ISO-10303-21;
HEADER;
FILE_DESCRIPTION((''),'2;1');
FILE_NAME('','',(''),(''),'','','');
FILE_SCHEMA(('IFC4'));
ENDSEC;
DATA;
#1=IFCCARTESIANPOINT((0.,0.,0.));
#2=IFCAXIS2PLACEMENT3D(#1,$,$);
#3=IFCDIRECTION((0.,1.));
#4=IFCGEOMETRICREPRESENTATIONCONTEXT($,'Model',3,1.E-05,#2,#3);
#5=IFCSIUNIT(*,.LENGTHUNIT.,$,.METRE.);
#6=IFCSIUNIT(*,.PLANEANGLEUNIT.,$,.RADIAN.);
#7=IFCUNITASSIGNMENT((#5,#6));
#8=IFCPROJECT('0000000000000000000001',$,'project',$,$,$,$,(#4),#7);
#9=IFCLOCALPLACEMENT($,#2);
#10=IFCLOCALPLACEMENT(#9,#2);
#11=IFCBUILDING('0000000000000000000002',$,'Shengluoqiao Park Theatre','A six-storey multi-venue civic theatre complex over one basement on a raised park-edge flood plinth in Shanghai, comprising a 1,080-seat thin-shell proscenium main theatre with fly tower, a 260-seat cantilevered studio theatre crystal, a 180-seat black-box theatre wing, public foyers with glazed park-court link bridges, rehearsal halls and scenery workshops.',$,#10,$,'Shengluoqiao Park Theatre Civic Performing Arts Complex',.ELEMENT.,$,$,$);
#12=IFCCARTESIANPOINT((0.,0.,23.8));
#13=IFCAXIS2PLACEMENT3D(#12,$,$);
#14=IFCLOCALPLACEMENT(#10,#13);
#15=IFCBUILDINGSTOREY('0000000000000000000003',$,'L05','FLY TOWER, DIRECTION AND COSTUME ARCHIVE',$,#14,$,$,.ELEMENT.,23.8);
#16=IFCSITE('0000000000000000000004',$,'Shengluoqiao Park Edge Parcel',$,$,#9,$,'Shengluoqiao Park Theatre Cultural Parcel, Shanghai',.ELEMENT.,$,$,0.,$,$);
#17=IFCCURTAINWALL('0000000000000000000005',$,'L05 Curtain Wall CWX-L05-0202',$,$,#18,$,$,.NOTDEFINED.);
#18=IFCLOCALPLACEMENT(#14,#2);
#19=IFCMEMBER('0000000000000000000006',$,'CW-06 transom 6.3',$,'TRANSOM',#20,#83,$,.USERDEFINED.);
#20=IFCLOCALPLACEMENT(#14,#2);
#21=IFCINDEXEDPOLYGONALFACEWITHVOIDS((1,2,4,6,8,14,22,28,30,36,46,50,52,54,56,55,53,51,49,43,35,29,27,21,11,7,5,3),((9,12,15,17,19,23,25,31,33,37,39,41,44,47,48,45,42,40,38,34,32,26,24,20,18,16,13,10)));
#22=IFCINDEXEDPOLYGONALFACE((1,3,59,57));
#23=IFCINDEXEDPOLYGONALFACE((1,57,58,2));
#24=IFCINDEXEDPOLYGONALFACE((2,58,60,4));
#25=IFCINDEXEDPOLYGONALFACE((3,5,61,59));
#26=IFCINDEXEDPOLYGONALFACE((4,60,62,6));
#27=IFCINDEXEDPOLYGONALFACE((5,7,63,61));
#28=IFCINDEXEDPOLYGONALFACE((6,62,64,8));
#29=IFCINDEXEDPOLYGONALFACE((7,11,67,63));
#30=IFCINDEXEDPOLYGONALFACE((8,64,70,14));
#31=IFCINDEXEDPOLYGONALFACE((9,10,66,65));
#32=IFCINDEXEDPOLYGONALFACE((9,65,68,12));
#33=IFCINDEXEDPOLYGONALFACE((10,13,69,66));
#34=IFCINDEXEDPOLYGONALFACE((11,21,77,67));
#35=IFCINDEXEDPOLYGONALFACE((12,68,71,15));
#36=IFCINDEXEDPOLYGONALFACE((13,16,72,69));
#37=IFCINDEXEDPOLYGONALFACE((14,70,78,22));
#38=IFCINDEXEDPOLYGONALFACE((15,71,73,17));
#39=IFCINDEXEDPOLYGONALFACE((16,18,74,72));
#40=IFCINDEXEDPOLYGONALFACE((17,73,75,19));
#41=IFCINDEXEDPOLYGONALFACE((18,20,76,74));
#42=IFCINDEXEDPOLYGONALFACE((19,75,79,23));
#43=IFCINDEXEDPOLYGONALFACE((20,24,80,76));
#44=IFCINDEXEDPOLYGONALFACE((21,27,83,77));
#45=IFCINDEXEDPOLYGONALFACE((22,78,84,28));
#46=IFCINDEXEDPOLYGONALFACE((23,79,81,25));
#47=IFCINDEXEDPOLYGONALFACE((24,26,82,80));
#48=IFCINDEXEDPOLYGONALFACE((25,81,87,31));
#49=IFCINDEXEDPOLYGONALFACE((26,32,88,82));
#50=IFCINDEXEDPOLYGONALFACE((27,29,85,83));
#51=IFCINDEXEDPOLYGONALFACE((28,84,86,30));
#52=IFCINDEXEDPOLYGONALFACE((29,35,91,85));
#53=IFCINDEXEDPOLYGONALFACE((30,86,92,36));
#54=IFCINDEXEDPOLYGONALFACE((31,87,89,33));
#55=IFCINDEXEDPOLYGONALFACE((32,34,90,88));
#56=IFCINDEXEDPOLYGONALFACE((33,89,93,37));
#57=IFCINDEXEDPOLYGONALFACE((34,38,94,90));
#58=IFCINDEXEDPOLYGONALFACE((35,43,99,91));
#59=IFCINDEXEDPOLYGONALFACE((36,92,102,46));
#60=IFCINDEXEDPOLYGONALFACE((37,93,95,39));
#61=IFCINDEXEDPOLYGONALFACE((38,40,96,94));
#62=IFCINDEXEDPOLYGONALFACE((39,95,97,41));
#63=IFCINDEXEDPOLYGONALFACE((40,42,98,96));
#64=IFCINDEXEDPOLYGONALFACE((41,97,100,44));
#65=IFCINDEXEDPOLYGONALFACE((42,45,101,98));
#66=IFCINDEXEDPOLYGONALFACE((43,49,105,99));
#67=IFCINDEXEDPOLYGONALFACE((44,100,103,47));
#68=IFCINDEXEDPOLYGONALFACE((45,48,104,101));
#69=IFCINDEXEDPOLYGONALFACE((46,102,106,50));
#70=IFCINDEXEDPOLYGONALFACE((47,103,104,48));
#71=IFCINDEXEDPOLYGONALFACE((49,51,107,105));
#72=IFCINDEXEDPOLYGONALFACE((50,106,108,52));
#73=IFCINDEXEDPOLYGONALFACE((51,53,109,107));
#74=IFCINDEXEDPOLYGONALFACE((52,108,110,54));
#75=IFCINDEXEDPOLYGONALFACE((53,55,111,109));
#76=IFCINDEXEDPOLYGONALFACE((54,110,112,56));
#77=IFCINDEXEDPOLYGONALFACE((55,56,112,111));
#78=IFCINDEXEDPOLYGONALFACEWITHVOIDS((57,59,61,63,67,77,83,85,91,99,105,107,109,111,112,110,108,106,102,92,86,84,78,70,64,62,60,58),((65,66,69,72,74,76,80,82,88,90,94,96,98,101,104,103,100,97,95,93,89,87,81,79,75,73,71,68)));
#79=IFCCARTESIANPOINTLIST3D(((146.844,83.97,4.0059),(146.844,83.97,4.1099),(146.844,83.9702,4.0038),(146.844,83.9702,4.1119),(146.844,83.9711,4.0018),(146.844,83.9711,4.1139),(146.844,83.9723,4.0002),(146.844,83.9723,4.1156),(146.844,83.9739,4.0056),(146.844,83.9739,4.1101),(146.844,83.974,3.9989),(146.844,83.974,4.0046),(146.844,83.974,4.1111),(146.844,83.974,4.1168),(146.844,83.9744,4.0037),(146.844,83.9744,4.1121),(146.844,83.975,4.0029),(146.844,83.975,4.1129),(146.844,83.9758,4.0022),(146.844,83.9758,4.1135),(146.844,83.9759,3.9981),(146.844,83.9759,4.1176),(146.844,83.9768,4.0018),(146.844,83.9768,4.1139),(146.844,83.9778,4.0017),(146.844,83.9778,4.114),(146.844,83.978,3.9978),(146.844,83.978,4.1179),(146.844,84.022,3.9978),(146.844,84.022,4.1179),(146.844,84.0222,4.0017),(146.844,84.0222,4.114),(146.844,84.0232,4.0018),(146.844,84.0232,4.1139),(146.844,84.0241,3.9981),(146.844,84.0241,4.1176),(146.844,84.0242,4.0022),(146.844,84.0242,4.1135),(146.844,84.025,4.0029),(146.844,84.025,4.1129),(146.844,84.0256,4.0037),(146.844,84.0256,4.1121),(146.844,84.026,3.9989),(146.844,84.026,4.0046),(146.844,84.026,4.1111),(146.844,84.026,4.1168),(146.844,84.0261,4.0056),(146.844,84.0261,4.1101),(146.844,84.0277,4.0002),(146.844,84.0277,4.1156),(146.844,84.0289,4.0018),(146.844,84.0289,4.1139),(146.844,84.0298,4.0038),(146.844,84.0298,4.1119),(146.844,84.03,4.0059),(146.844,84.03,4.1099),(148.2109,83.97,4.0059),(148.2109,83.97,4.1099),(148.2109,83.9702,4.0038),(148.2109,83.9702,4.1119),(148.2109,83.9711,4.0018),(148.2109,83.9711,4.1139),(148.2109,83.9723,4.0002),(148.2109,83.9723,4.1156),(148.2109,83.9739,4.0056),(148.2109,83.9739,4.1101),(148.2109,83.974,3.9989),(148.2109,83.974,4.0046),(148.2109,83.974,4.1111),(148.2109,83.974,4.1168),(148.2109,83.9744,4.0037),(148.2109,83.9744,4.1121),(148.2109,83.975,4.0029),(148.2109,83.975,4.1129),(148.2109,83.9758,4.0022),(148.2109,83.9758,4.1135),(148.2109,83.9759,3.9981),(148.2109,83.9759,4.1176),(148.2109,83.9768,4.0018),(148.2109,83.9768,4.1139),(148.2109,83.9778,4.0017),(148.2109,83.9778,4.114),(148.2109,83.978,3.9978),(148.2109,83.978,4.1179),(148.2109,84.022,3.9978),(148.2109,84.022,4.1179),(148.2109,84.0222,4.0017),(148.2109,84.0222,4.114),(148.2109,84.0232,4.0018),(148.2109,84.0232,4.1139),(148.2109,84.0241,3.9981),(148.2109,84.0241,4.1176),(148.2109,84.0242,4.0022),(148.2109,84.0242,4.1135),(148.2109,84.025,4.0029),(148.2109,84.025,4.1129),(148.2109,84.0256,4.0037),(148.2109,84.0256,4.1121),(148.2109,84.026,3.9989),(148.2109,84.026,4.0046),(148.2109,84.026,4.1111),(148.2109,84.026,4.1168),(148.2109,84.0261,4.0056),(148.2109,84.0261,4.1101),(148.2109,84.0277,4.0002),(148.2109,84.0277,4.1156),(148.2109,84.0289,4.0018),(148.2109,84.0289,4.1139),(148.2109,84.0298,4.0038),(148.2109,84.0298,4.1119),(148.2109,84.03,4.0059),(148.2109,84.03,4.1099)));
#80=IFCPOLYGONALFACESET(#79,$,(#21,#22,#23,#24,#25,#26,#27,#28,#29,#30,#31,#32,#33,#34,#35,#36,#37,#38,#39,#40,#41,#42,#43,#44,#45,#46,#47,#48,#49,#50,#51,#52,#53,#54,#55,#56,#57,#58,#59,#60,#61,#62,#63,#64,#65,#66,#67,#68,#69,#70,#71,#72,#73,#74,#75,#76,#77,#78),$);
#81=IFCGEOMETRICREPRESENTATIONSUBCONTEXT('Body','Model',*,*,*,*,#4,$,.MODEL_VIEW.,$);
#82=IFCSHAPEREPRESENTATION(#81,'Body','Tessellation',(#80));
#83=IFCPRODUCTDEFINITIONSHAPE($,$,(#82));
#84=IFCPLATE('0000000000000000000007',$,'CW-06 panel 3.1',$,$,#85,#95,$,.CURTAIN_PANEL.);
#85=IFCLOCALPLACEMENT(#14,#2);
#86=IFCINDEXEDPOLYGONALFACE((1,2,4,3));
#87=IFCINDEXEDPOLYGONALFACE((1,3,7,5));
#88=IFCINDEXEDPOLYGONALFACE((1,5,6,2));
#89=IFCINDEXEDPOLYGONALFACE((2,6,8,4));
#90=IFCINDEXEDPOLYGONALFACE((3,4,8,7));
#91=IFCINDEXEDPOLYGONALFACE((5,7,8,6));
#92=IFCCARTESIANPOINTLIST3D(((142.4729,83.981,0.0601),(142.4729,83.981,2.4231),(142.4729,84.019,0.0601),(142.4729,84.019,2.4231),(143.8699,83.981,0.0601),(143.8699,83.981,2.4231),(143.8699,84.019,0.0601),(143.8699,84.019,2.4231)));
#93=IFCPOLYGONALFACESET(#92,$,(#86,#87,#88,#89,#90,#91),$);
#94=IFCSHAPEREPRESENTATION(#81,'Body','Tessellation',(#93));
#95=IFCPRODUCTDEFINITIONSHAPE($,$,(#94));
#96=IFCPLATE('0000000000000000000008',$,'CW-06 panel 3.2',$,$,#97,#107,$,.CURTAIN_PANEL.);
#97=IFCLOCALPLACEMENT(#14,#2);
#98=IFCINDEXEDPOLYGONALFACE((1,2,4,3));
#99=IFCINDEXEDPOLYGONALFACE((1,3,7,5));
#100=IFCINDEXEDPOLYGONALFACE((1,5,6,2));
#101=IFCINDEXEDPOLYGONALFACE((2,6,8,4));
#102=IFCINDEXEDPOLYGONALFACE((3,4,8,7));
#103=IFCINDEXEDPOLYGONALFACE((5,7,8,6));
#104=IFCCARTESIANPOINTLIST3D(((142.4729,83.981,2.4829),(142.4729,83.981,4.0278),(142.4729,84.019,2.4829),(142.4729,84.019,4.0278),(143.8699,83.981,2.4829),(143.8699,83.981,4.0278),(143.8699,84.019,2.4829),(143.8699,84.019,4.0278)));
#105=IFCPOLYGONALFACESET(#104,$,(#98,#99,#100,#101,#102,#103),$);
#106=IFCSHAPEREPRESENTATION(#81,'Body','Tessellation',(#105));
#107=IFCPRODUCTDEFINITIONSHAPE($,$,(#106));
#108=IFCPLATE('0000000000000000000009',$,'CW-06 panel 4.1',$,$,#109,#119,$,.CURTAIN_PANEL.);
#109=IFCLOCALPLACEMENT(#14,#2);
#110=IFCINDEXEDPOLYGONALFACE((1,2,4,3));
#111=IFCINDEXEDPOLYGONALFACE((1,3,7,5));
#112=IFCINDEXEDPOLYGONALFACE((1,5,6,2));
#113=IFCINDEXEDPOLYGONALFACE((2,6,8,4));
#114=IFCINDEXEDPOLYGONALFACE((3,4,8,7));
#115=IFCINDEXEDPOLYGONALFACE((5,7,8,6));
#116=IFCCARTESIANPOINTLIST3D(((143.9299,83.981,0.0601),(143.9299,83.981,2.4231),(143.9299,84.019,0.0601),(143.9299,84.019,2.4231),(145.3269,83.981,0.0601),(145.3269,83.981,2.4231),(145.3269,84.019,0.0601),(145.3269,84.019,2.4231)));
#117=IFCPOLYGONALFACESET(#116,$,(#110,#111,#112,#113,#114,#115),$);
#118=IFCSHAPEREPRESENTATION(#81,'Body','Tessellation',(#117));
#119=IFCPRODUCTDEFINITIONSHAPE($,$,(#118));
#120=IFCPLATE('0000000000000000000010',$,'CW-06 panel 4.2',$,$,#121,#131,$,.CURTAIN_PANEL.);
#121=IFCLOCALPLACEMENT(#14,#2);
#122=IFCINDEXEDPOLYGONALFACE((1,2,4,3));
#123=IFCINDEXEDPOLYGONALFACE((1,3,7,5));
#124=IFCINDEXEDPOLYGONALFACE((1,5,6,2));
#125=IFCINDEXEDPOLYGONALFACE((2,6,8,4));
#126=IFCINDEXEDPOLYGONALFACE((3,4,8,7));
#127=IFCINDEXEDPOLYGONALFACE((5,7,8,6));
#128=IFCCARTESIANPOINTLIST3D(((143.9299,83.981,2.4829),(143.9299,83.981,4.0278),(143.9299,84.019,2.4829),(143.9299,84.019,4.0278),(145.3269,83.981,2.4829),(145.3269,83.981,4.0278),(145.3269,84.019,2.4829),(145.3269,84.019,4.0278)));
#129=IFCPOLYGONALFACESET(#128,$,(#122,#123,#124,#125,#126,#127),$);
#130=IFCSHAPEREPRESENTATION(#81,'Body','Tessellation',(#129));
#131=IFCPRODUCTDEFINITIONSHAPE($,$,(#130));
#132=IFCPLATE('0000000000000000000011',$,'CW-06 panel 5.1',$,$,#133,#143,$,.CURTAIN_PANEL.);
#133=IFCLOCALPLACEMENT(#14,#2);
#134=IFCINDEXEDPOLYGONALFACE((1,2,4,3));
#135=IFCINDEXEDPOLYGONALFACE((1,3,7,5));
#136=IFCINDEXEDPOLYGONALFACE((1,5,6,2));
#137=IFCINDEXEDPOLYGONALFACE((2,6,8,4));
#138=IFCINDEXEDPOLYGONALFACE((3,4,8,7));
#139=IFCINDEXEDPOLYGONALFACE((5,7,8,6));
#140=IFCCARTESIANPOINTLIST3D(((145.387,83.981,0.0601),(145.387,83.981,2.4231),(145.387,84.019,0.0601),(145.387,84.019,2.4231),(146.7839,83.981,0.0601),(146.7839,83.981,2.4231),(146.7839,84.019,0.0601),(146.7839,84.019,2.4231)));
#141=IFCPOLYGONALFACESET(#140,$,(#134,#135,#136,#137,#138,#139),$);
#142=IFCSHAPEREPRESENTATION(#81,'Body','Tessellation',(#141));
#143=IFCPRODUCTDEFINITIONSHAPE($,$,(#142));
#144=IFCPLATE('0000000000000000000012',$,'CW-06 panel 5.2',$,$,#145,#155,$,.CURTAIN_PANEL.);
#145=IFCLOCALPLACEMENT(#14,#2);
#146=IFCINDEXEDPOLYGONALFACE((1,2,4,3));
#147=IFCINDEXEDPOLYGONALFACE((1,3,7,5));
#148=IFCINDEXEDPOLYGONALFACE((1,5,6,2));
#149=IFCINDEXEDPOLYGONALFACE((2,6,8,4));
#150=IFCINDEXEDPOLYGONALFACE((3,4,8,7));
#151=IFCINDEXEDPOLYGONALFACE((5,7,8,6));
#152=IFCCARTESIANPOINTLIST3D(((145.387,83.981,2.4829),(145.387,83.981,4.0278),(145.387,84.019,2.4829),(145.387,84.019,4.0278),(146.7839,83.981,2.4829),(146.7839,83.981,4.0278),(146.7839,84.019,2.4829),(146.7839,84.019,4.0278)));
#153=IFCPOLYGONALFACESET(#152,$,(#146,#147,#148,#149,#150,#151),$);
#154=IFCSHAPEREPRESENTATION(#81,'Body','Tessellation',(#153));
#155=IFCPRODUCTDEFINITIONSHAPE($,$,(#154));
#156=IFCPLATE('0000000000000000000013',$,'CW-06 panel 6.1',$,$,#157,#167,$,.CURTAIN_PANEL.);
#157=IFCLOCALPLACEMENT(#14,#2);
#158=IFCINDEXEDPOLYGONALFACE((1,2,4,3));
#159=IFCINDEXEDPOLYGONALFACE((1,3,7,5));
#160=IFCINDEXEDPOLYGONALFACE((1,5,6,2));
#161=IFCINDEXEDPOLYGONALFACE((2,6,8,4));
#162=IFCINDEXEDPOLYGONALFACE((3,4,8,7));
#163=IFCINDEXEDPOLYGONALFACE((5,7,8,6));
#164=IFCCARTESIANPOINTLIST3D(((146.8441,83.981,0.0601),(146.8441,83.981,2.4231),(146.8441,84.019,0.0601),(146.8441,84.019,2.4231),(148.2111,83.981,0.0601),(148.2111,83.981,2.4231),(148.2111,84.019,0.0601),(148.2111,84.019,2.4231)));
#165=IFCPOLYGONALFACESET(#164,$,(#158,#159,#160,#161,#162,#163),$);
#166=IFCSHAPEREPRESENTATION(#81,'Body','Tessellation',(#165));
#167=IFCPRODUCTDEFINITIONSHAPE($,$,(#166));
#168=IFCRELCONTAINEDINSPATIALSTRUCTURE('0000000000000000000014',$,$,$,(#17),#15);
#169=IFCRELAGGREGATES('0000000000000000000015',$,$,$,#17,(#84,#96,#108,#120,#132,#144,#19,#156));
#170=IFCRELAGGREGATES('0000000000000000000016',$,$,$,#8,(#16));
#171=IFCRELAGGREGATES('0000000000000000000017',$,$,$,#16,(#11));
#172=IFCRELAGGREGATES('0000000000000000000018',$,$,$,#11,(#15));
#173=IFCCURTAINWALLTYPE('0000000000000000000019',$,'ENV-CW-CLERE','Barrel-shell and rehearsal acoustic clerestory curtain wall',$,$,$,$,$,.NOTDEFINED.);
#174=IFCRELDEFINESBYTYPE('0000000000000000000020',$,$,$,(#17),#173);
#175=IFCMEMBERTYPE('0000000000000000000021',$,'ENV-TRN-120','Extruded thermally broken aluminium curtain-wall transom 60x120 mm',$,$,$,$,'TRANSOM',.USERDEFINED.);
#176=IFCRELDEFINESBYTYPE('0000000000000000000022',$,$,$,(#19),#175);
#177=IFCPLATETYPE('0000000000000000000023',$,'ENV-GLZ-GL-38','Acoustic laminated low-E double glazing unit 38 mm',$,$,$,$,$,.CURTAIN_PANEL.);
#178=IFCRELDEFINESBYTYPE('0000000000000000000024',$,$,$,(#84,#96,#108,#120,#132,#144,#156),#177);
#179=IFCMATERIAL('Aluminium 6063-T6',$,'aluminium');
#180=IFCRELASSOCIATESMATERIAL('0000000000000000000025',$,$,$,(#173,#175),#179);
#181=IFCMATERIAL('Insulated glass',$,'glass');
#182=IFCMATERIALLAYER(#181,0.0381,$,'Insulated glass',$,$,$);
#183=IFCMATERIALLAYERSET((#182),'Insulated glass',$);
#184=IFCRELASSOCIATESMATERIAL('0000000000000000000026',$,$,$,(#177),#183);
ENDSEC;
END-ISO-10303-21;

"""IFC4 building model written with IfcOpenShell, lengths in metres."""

from ifc_helpers import new_model, si_unit, direction, frame, origin, origin_2d, place, context, subcontext, project, spatial, rectangle, hollow_rectangle, extrude, material, layer, layer_set, material_profile, profile_set, type_object, element, aggregate, save


model = new_model("IFC4")

# Units and contexts
model_context = context("Model", 3, precision=1e-05, world=origin(), true_north=direction((0.0, 1.0)))
body_context = subcontext(model_context, "Body", "Model", "MODEL_VIEW")
ifc_project = project(units=[si_unit("LENGTHUNIT", "METRE"), si_unit("PLANEANGLEUNIT", "RADIAN")], contexts=[model_context])

# Site, building, storey
site_placement = place(None, origin())
site = spatial("IfcSite", under=ifc_project, at=site_placement, Name="Shengluoqiao Park Edge Parcel", LongName="Shengluoqiao Park Theatre Cultural Parcel, Shanghai", CompositionType="ELEMENT", RefElevation=0.0)
building_placement = place(site_placement, origin())
building = spatial("IfcBuilding", under=site, at=building_placement, Name="Shengluoqiao Park Theatre", Description="A six-storey multi-venue civic theatre complex over one basement on a raised park-edge flood plinth in Shanghai, comprising a 1,080-seat thin-shell proscenium main theatre with fly tower, a 260-seat cantilevered studio theatre crystal, a 180-seat black-box theatre wing, public foyers with glazed park-court link bridges, rehearsal halls and scenery workshops.", LongName="Shengluoqiao Park Theatre Civic Performing Arts Complex", CompositionType="ELEMENT")
storey_placement = place(building_placement, frame((0.0, 0.0, 23.8)))
storey = spatial("IfcBuildingStorey", under=building, at=storey_placement, Name="L05", Description="FLY TOWER, DIRECTION AND COSTUME ARCHIVE", CompositionType="ELEMENT", Elevation=23.8)

# Curtain wall, member, plates
ifc_material_1 = material(Name="Aluminium 6063-T6", Category="aluminium")
curtain_wall_type = type_object("IfcCurtainWallType", Name="ENV-CW-CLERE", Description="Barrel-shell and rehearsal acoustic clerestory curtain wall", PredefinedType="NOTDEFINED", material=ifc_material_1)
curtain_wall_placement = place(storey_placement, origin())
curtain_wall = element("IfcCurtainWall", 1, at=curtain_wall_placement, inside=storey, type_object=curtain_wall_type, Name="L05 Curtain Wall CWX-L05-0202", PredefinedType="NOTDEFINED")
ifc_material_profile_1 = material_profile(ifc_material_1, hollow_rectangle(XDim=0.0601, YDim=0.1201, WallThickness=0.0039, InnerFilletRadius=0.0039, OuterFilletRadius=0.0081, at=origin_2d()), Name="ALU TRANSOM 120x60x4")
ifc_profile_set_1 = profile_set([ifc_material_profile_1], Name="Aluminium 6063-T6")
member_type_1 = type_object("IfcMemberType", Name="ENV-TRN-120", Description="Extruded thermally broken aluminium curtain-wall transom 60x120 mm", ElementType="TRANSOM", PredefinedType="USERDEFINED", material=ifc_profile_set_1)
member_1_placement = place(storey_placement, frame((146.844, 84.0, 4.0579), z_axis=(1.0, 0.0, 0.0), x_axis=(0.0, 1.0, 0.0)))
member_1 = element("IfcMember", 2, at=member_1_placement, type_object=member_type_1, Name="CW-06 transom 6.3", ObjectType="TRANSOM", PredefinedType="USERDEFINED", context=body_context, shape_type="SweptSolid", body=[
    extrude(hollow_rectangle(XDim=0.0601, YDim=0.1201, WallThickness=0.0039, InnerFilletRadius=0.0039, OuterFilletRadius=0.0081, at=origin_2d()), origin(), (0.0, 0.0, 1.0), 1.3669),
])
ifc_material_2 = material(Name="Insulated glass", Category="glass")
ifc_layer = layer(ifc_material_2, 0.0381, Name="Insulated glass")
ifc_layer_set = layer_set([ifc_layer], Name="Insulated glass")
plate_type = type_object("IfcPlateType", Name="ENV-GLZ-GL-38", Description="Acoustic laminated low-E double glazing unit 38 mm", PredefinedType="CURTAIN_PANEL", material=ifc_layer_set)
plate_1_placement = place(storey_placement, frame((143.1714, 84.0, 0.0601), z_axis=(0.0, 0.0, 1.0), x_axis=(1.0, 0.0, 0.0)))
plate_1 = element("IfcPlate", 3, at=plate_1_placement, type_object=plate_type, Name="CW-06 panel 3.1", PredefinedType="CURTAIN_PANEL", context=body_context, shape_type="SweptSolid", body=[
    extrude(rectangle(XDim=1.397, YDim=0.0381, at=origin_2d()), origin(), (0.0, 0.0, 1.0), 2.363),
])
plate_2_placement = place(storey_placement, frame((143.1714, 84.0, 2.4829), z_axis=(0.0, 0.0, 1.0), x_axis=(1.0, 0.0, 0.0)))
plate_2 = element("IfcPlate", 4, at=plate_2_placement, type_object=plate_type, Name="CW-06 panel 3.2", PredefinedType="CURTAIN_PANEL", context=body_context, shape_type="SweptSolid", body=[
    extrude(rectangle(XDim=1.397, YDim=0.0381, at=origin_2d()), origin(), (0.0, 0.0, 1.0), 1.5449),
])
plate_3_placement = place(storey_placement, frame((144.6284, 84.0, 0.0601), z_axis=(0.0, 0.0, 1.0), x_axis=(1.0, 0.0, 0.0)))
plate_3 = element("IfcPlate", 5, at=plate_3_placement, type_object=plate_type, Name="CW-06 panel 4.1", PredefinedType="CURTAIN_PANEL", context=body_context, shape_type="SweptSolid", body=[
    extrude(rectangle(XDim=1.397, YDim=0.0381, at=origin_2d()), origin(), (0.0, 0.0, 1.0), 2.363),
])
plate_4_placement = place(storey_placement, frame((144.6284, 84.0, 2.4829), z_axis=(0.0, 0.0, 1.0), x_axis=(1.0, 0.0, 0.0)))
plate_4 = element("IfcPlate", 6, at=plate_4_placement, type_object=plate_type, Name="CW-06 panel 4.2", PredefinedType="CURTAIN_PANEL", context=body_context, shape_type="SweptSolid", body=[
    extrude(rectangle(XDim=1.397, YDim=0.0381, at=origin_2d()), origin(), (0.0, 0.0, 1.0), 1.5449),
])
plate_5_placement = place(storey_placement, frame((146.0854, 84.0, 0.0601), z_axis=(0.0, 0.0, 1.0), x_axis=(1.0, 0.0, 0.0)))
plate_5 = element("IfcPlate", 7, at=plate_5_placement, type_object=plate_type, Name="CW-06 panel 5.1", PredefinedType="CURTAIN_PANEL", context=body_context, shape_type="SweptSolid", body=[
    extrude(rectangle(XDim=1.397, YDim=0.0381, at=origin_2d()), origin(), (0.0, 0.0, 1.0), 2.363),
])
plate_6_placement = place(storey_placement, frame((146.0854, 84.0, 2.4829), z_axis=(0.0, 0.0, 1.0), x_axis=(1.0, 0.0, 0.0)))
plate_6 = element("IfcPlate", 8, at=plate_6_placement, type_object=plate_type, Name="CW-06 panel 5.2", PredefinedType="CURTAIN_PANEL", context=body_context, shape_type="SweptSolid", body=[
    extrude(rectangle(XDim=1.397, YDim=0.0381, at=origin_2d()), origin(), (0.0, 0.0, 1.0), 1.5449),
])
plate_7_placement = place(storey_placement, frame((147.5276, 84.0, 0.0601), z_axis=(0.0, 0.0, 1.0), x_axis=(1.0, 0.0, 0.0)))
plate_7 = element("IfcPlate", 9, at=plate_7_placement, type_object=plate_type, Name="CW-06 panel 6.1", PredefinedType="CURTAIN_PANEL", context=body_context, shape_type="SweptSolid", body=[
    extrude(rectangle(XDim=1.3669, YDim=0.0381, at=origin_2d()), origin(), (0.0, 0.0, 1.0), 2.363),
])
aggregate(curtain_wall, [plate_1, plate_2, plate_3, plate_4, plate_5, plate_6, member_1, plate_7])

save(model, "model.ifc")
